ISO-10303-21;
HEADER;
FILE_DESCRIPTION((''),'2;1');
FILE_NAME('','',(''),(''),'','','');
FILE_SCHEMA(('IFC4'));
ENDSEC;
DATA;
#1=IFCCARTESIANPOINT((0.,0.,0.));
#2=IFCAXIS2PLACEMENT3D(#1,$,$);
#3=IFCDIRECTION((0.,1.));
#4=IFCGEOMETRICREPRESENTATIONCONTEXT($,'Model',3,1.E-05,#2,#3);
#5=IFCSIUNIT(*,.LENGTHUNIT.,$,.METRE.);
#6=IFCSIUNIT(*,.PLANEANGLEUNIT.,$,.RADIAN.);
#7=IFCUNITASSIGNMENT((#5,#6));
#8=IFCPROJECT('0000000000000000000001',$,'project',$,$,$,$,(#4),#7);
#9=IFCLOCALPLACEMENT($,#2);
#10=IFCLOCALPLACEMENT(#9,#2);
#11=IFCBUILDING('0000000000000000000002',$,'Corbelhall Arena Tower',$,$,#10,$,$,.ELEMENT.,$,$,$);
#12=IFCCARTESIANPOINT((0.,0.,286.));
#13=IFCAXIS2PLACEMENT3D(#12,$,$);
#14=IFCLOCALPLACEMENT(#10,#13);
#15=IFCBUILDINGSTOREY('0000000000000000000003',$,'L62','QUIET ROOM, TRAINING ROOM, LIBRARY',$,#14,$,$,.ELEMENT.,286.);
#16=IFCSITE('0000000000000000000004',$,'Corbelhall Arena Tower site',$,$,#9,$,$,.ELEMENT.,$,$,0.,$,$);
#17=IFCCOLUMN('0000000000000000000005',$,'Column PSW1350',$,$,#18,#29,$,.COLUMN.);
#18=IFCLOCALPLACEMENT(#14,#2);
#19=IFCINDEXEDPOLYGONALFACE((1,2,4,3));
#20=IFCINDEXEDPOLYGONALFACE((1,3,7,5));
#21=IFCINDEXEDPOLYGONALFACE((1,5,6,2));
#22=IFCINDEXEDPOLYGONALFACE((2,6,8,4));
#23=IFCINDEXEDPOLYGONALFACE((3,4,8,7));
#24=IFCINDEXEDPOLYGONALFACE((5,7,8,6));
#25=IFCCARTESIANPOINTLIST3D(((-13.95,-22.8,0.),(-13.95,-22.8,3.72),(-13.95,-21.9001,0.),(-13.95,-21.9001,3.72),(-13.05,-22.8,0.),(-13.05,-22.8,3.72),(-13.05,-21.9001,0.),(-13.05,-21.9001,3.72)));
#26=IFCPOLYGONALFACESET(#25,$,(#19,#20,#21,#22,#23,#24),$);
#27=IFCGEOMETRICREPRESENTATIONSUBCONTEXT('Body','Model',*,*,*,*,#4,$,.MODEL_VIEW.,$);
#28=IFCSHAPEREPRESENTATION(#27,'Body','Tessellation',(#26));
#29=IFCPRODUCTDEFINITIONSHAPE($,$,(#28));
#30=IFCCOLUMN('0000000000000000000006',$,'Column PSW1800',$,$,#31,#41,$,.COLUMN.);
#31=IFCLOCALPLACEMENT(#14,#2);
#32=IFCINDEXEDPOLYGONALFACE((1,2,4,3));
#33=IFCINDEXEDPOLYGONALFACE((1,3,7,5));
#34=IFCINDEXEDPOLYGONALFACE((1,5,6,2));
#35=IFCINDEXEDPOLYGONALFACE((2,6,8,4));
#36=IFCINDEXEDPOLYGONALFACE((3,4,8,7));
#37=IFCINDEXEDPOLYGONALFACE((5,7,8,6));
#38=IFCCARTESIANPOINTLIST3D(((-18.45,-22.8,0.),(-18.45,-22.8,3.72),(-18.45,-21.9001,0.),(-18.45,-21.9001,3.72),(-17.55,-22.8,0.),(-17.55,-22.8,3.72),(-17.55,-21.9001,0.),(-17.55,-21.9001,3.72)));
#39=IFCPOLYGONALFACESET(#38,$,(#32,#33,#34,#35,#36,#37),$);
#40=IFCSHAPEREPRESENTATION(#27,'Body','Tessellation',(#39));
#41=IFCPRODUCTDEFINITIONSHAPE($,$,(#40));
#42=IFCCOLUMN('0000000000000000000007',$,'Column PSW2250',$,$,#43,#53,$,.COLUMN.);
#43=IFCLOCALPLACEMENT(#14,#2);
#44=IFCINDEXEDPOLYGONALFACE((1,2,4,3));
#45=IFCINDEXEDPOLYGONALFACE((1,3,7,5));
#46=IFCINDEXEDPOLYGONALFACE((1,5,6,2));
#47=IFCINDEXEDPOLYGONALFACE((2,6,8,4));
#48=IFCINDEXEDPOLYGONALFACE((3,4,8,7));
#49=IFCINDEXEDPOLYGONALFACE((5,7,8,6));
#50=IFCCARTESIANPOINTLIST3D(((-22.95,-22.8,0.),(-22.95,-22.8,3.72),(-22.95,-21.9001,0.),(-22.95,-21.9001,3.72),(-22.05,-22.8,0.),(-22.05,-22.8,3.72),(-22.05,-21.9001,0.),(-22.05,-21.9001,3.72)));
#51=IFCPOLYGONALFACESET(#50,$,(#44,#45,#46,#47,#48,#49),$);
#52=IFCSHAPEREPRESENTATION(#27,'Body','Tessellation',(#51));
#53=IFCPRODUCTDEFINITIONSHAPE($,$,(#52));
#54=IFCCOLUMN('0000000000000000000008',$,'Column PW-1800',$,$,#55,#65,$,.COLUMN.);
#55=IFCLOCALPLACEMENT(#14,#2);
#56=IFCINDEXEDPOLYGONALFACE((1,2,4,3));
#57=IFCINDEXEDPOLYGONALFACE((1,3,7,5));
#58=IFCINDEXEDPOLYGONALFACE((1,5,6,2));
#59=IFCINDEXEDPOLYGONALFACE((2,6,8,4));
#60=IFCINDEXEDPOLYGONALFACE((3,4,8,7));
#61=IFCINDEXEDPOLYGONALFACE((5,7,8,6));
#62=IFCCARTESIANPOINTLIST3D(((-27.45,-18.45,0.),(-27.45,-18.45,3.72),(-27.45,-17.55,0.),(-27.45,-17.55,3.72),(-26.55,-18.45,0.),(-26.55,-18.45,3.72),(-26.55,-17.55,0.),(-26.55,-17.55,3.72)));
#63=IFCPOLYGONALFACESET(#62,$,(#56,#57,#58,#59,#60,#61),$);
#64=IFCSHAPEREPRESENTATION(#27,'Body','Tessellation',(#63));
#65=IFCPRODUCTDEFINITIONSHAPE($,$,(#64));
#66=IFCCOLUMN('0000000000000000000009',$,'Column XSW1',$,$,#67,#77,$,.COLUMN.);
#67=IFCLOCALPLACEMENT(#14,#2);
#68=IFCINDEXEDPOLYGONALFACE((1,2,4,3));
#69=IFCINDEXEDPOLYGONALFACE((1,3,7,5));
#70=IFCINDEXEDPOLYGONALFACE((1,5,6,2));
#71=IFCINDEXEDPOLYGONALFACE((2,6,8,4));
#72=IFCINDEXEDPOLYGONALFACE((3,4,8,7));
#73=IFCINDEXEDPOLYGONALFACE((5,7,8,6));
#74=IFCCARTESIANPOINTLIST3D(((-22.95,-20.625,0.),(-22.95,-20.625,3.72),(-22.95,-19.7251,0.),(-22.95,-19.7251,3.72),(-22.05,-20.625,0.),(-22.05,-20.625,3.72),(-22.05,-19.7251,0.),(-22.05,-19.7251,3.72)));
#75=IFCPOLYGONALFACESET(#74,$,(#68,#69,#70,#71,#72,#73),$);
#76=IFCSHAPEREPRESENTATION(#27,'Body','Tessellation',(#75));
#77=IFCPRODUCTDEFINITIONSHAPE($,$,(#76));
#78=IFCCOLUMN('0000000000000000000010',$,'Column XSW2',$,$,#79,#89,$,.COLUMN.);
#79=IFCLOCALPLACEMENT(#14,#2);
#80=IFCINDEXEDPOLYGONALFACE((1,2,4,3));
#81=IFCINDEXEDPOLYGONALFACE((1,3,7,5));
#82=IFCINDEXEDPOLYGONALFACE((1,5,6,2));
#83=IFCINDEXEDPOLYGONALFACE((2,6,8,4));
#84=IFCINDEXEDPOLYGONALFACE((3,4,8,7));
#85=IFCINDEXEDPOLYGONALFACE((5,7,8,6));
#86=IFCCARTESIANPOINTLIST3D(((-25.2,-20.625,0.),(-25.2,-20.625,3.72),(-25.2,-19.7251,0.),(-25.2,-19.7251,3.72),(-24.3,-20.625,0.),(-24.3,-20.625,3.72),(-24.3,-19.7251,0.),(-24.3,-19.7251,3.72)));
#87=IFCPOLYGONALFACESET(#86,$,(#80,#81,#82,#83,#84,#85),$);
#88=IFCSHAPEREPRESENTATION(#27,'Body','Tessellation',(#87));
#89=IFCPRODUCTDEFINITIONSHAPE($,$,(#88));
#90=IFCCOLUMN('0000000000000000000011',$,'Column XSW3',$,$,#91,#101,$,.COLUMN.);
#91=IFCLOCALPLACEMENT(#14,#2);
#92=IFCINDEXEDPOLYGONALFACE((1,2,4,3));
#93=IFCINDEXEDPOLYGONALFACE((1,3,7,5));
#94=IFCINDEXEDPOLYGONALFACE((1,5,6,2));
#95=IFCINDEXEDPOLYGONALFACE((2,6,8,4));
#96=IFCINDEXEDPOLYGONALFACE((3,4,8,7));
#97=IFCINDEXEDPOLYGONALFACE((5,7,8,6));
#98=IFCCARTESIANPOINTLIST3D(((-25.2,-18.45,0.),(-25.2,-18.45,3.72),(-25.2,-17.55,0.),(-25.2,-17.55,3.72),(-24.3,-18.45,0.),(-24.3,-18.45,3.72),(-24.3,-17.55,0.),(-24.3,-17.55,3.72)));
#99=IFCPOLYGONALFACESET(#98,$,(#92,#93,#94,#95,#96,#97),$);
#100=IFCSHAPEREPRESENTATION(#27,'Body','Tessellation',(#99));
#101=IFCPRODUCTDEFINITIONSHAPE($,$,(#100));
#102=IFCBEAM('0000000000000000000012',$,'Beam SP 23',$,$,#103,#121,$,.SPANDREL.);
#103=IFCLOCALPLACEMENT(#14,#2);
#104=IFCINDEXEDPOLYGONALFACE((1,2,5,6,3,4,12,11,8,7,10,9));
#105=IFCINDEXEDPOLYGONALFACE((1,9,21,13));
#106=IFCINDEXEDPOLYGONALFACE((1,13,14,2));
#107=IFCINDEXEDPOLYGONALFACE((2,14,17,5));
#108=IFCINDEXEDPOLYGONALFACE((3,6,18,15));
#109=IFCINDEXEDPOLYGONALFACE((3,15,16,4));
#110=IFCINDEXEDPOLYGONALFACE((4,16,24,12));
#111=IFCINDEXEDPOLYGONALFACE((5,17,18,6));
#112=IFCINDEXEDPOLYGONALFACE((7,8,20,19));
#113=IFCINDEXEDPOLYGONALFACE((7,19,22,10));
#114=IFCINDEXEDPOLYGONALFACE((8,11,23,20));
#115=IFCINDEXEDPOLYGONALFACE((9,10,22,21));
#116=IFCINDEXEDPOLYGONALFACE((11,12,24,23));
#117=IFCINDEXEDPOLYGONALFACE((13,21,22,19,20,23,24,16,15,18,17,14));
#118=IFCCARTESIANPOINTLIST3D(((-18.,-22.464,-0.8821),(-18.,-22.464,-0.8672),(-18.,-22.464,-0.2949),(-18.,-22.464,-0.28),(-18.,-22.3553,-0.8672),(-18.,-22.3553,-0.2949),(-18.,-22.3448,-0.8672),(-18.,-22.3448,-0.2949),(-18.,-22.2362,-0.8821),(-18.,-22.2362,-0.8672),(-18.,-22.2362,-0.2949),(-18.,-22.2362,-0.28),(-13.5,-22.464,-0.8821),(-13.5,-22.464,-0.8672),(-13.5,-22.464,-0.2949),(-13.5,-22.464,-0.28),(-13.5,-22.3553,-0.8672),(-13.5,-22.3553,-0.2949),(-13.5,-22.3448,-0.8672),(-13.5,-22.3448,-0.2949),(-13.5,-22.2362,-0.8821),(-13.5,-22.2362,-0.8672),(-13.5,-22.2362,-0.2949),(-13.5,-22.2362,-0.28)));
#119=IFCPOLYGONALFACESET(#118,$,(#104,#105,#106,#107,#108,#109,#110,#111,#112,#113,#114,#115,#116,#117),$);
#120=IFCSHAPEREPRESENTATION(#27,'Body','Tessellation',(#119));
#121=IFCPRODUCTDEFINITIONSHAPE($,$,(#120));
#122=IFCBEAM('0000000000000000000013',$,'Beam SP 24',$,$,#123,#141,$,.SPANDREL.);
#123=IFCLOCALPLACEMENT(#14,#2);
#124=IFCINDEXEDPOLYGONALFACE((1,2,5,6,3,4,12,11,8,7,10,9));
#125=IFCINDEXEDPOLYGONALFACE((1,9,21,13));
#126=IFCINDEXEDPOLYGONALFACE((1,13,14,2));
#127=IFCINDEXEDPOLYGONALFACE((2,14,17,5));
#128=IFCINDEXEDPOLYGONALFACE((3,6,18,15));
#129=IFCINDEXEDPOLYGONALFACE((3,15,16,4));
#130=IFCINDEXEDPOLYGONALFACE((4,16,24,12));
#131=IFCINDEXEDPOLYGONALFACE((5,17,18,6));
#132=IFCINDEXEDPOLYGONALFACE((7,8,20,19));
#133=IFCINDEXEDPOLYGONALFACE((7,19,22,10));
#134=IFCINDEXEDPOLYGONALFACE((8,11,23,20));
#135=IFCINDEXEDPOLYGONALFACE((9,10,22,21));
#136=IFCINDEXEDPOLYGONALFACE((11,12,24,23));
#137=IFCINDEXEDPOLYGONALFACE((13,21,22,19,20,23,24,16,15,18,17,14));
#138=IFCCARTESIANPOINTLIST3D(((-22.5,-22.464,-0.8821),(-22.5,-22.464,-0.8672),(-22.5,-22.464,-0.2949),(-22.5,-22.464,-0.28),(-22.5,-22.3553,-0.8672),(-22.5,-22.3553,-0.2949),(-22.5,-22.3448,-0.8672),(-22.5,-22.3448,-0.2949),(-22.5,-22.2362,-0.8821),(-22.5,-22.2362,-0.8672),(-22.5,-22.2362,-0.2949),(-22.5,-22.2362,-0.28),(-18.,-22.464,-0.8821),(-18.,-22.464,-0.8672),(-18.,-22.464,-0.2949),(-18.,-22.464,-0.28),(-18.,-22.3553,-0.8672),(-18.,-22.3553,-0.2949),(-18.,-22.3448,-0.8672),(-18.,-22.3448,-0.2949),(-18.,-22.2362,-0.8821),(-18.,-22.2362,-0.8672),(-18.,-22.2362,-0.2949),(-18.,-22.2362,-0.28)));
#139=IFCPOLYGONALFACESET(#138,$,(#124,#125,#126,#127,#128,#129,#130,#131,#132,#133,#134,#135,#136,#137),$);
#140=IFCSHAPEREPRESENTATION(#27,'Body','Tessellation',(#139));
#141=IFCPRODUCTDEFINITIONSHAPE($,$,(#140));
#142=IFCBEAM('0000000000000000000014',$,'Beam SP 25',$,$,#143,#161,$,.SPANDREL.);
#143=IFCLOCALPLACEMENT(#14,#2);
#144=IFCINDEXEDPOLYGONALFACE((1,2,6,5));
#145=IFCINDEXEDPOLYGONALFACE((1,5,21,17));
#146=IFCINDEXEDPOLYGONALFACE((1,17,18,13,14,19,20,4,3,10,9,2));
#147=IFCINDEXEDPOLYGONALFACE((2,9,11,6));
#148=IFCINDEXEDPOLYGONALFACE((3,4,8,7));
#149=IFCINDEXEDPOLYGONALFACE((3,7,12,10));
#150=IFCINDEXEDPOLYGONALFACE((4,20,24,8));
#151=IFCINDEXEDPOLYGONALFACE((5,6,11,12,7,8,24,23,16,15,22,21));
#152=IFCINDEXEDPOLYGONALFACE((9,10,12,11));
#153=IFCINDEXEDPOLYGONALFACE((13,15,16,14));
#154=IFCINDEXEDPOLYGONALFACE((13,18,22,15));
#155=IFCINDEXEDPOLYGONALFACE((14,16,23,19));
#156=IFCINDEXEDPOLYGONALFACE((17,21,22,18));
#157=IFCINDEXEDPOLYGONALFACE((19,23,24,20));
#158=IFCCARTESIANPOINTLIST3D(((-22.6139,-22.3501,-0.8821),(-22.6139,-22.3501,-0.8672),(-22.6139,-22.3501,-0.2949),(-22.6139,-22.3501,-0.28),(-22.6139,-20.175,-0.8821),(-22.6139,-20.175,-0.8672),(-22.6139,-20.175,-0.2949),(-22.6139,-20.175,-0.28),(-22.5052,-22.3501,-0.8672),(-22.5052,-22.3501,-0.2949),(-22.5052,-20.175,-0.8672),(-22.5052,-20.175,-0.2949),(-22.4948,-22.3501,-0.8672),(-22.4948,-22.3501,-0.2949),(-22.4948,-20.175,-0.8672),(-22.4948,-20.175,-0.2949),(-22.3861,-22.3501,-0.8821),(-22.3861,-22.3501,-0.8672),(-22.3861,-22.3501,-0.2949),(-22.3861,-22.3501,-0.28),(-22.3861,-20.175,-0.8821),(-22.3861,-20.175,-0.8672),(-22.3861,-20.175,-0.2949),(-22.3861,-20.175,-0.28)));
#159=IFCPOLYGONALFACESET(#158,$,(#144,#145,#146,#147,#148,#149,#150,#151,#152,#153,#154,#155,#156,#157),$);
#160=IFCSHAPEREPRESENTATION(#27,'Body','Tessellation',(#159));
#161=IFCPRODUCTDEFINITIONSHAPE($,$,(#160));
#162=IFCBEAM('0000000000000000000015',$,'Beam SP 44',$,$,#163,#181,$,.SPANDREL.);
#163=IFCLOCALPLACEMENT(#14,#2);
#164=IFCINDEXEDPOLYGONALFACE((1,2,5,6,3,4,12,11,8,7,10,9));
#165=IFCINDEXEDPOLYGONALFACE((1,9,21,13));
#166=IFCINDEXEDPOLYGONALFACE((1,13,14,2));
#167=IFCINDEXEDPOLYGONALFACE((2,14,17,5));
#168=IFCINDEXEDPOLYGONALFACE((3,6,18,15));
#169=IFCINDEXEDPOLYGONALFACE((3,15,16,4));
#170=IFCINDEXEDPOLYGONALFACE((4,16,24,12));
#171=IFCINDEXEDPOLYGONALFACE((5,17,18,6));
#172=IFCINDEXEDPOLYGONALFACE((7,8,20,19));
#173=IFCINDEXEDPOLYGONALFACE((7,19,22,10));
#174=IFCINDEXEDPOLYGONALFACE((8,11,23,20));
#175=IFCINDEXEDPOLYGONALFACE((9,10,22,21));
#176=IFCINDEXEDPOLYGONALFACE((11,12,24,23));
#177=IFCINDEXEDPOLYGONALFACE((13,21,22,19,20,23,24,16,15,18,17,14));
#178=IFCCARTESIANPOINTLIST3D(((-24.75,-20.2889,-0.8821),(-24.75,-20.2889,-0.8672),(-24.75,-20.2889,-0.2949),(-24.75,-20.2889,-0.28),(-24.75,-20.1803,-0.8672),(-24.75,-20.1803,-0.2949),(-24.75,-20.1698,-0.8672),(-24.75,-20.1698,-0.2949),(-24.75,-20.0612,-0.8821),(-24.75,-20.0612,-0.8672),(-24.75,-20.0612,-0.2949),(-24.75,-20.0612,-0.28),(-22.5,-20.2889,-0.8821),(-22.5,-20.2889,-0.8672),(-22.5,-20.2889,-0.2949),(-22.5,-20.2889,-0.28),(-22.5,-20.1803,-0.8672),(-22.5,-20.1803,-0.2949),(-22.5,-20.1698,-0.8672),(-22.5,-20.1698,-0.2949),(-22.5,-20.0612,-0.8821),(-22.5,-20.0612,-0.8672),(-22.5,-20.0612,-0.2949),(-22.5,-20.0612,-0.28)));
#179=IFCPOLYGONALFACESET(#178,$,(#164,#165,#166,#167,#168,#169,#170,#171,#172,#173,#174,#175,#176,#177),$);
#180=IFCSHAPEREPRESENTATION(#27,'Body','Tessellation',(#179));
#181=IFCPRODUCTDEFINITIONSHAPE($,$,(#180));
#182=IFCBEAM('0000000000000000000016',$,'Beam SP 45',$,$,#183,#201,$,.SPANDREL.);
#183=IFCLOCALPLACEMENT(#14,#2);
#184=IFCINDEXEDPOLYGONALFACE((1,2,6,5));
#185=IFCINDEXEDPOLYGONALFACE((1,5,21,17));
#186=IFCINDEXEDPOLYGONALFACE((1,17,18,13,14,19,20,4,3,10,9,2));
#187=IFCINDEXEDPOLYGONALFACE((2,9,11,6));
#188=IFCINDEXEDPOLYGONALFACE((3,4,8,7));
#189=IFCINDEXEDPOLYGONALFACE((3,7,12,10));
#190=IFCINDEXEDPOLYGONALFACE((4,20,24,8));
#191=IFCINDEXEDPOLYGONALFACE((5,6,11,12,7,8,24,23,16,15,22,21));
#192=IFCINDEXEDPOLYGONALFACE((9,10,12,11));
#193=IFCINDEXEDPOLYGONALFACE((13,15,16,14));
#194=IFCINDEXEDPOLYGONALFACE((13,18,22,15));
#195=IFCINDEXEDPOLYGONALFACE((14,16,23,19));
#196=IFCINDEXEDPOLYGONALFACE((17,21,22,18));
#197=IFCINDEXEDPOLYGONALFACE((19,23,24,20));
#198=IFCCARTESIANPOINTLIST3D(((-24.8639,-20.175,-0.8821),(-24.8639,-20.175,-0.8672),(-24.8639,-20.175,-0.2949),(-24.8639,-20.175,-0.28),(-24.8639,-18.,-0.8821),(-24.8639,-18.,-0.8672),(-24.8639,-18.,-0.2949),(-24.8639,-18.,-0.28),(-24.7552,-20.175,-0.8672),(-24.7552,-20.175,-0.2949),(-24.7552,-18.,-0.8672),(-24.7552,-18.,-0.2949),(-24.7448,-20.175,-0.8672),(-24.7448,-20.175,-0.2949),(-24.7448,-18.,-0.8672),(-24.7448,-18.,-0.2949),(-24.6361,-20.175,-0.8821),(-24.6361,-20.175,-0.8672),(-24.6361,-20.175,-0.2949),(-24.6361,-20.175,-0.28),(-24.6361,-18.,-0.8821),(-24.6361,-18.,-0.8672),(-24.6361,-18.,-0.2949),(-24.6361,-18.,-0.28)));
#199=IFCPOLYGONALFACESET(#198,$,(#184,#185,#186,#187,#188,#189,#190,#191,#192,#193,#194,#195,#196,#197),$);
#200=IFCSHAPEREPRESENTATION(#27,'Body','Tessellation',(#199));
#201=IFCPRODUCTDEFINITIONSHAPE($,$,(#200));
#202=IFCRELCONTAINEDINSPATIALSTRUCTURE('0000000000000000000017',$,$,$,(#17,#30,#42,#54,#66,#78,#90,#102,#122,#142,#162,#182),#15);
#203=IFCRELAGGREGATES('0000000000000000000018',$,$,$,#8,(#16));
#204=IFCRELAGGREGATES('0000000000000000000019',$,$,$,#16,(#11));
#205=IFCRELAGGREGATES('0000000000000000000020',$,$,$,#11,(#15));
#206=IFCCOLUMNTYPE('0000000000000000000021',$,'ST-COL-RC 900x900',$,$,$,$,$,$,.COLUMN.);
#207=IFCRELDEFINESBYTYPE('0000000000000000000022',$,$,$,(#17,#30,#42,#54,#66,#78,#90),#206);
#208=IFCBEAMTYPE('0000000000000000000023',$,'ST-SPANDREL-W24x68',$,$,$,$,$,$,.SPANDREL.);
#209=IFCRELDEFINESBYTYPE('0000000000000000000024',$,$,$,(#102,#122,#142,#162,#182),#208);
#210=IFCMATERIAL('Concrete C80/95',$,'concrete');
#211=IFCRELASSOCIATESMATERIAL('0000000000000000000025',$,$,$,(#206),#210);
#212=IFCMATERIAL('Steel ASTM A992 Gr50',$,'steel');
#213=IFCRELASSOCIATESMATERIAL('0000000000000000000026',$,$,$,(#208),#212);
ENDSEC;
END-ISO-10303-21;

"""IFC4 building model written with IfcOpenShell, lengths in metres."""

from ifc_helpers import new_model, si_unit, direction, frame, origin, origin_2d, place, context, subcontext, project, spatial, rectangle, i_section, extrude, material, material_profile, profile_set, type_object, element, save


model = new_model("IFC4")

# Units and contexts
model_context = context("Model", 3, precision=1e-05, world=origin(), true_north=direction((0.0, 1.0)))
body_context = subcontext(model_context, "Body", "Model", "MODEL_VIEW")
ifc_project = project(units=[si_unit("LENGTHUNIT", "METRE"), si_unit("PLANEANGLEUNIT", "RADIAN")], contexts=[model_context])

# Site, building, storey
site_placement = place(None, origin())
site = spatial("IfcSite", under=ifc_project, at=site_placement, Name="Corbelhall Arena Tower site", CompositionType="ELEMENT", RefElevation=0.0)
building_placement = place(site_placement, origin())
building = spatial("IfcBuilding", under=site, at=building_placement, Name="Corbelhall Arena Tower", CompositionType="ELEMENT")
storey_placement = place(building_placement, frame((0.0, 0.0, 286.0)))
storey = spatial("IfcBuildingStorey", under=building, at=storey_placement, Name="L62", Description="QUIET ROOM, TRAINING ROOM, LIBRARY", CompositionType="ELEMENT", Elevation=286.0)

# Columns
ifc_material_1 = material(Name="Concrete C80/95", Category="concrete")
ifc_material_profile_1 = material_profile(ifc_material_1, rectangle(XDim=0.8999, YDim=0.8999, at=origin_2d()))
ifc_profile_set_1 = profile_set([ifc_material_profile_1], Name="Concrete C80/95")
column_type = type_object("IfcColumnType", Name="ST-COL-RC 900x900", PredefinedType="COLUMN", material=ifc_profile_set_1)
for number, where, z_axis, x_axis, name in (
    (1, (-13.5, -22.3501, 0.0), (0.0, 0.0, 1.0), (1.0, 0.0, 0.0), "Column PSW1350"),
    (2, (-18.0, -22.3501, 0.0), (0.0, 0.0, 1.0), (1.0, 0.0, 0.0), "Column PSW1800"),
    (3, (-22.5, -22.3501, 0.0), (0.0, 0.0, 1.0), (1.0, 0.0, 0.0), "Column PSW2250"),
    (4, (-27.0, -18.0, 0.0), (0.0, 0.0, 1.0), (0.0, 1.0, 0.0), "Column PW-1800"),
    (5, (-22.5, -20.175, 0.0), (0.0, 0.0, 1.0), (1.0, 0.0, 0.0), "Column XSW1"),
    (6, (-24.75, -20.175, 0.0), (0.0, 0.0, 1.0), (1.0, 0.0, 0.0), "Column XSW2"),
    (7, (-24.75, -18.0, 0.0), (0.0, 0.0, 1.0), (1.0, 0.0, 0.0), "Column XSW3"),
):
    element("IfcColumn", number, at=place(storey_placement, frame(where, z_axis=z_axis, x_axis=x_axis)), inside=storey, type_object=column_type, Name=name, PredefinedType="COLUMN", context=body_context, shape_type="SweptSolid", body=[
        extrude(rectangle(XDim=0.8999, YDim=0.8999, at=origin_2d()), origin(), (0.0, 0.0, 1.0), 3.72),
    ])

# Beams
ifc_material_2 = material(Name="Steel ASTM A992 Gr50", Category="steel")
ifc_material_profile_2 = material_profile(ifc_material_2, i_section(OverallWidth=0.2278, OverallDepth=0.6021, WebThickness=0.0105, FlangeThickness=0.0149, at=origin_2d()))
ifc_profile_set_2 = profile_set([ifc_material_profile_2], Name="Steel ASTM A992 Gr50")
beam_type_1 = type_object("IfcBeamType", Name="ST-SPANDREL-W24x68", PredefinedType="SPANDREL", material=ifc_profile_set_2)
for number, where, z_axis, x_axis, name in (
    (8, (-13.5, -22.3501, -0.5811), (-1.0, 0.0, 0.0), (0.0, -1.0, 0.0), "Beam SP 23"),
    (9, (-18.0, -22.3501, -0.5811), (-1.0, 0.0, 0.0), (0.0, -1.0, 0.0), "Beam SP 24"),
):
    element("IfcBeam", number, at=place(storey_placement, frame(where, z_axis=z_axis, x_axis=x_axis)), inside=storey, type_object=beam_type_1, Name=name, PredefinedType="SPANDREL", context=body_context, shape_type="SweptSolid", body=[
        extrude(i_section(OverallWidth=0.2278, OverallDepth=0.6021, WebThickness=0.0105, FlangeThickness=0.0149, at=origin_2d()), origin(), (0.0, 0.0, 1.0), 4.5),
    ])
beam_1_placement = place(storey_placement, frame((-22.5, -22.3501, -0.5811), z_axis=(0.0, 1.0, 0.0), x_axis=(-1.0, 0.0, 0.0)))
element("IfcBeam", 10, at=beam_1_placement, inside=storey, type_object=beam_type_1, Name="Beam SP 25", PredefinedType="SPANDREL", context=body_context, shape_type="SweptSolid", body=[
    extrude(i_section(OverallWidth=0.2278, OverallDepth=0.6021, WebThickness=0.0105, FlangeThickness=0.0149, at=origin_2d()), origin(), (0.0, 0.0, 1.0), 2.175),
])
beam_2_placement = place(storey_placement, frame((-22.5, -20.175, -0.5811), z_axis=(-1.0, 0.0, 0.0), x_axis=(0.0, -1.0, 0.0)))
element("IfcBeam", 11, at=beam_2_placement, inside=storey, type_object=beam_type_1, Name="Beam SP 44", PredefinedType="SPANDREL", context=body_context, shape_type="SweptSolid", body=[
    extrude(i_section(OverallWidth=0.2278, OverallDepth=0.6021, WebThickness=0.0105, FlangeThickness=0.0149, at=origin_2d()), origin(), (0.0, 0.0, 1.0), 2.25),
])
beam_3_placement = place(storey_placement, frame((-24.75, -20.175, -0.5811), z_axis=(0.0, 1.0, 0.0), x_axis=(-1.0, 0.0, 0.0)))
element("IfcBeam", 12, at=beam_3_placement, inside=storey, type_object=beam_type_1, Name="Beam SP 45", PredefinedType="SPANDREL", context=body_context, shape_type="SweptSolid", body=[
    extrude(i_section(OverallWidth=0.2278, OverallDepth=0.6021, WebThickness=0.0105, FlangeThickness=0.0149, at=origin_2d()), origin(), (0.0, 0.0, 1.0), 2.175),
])

save(model, "model.ifc")
